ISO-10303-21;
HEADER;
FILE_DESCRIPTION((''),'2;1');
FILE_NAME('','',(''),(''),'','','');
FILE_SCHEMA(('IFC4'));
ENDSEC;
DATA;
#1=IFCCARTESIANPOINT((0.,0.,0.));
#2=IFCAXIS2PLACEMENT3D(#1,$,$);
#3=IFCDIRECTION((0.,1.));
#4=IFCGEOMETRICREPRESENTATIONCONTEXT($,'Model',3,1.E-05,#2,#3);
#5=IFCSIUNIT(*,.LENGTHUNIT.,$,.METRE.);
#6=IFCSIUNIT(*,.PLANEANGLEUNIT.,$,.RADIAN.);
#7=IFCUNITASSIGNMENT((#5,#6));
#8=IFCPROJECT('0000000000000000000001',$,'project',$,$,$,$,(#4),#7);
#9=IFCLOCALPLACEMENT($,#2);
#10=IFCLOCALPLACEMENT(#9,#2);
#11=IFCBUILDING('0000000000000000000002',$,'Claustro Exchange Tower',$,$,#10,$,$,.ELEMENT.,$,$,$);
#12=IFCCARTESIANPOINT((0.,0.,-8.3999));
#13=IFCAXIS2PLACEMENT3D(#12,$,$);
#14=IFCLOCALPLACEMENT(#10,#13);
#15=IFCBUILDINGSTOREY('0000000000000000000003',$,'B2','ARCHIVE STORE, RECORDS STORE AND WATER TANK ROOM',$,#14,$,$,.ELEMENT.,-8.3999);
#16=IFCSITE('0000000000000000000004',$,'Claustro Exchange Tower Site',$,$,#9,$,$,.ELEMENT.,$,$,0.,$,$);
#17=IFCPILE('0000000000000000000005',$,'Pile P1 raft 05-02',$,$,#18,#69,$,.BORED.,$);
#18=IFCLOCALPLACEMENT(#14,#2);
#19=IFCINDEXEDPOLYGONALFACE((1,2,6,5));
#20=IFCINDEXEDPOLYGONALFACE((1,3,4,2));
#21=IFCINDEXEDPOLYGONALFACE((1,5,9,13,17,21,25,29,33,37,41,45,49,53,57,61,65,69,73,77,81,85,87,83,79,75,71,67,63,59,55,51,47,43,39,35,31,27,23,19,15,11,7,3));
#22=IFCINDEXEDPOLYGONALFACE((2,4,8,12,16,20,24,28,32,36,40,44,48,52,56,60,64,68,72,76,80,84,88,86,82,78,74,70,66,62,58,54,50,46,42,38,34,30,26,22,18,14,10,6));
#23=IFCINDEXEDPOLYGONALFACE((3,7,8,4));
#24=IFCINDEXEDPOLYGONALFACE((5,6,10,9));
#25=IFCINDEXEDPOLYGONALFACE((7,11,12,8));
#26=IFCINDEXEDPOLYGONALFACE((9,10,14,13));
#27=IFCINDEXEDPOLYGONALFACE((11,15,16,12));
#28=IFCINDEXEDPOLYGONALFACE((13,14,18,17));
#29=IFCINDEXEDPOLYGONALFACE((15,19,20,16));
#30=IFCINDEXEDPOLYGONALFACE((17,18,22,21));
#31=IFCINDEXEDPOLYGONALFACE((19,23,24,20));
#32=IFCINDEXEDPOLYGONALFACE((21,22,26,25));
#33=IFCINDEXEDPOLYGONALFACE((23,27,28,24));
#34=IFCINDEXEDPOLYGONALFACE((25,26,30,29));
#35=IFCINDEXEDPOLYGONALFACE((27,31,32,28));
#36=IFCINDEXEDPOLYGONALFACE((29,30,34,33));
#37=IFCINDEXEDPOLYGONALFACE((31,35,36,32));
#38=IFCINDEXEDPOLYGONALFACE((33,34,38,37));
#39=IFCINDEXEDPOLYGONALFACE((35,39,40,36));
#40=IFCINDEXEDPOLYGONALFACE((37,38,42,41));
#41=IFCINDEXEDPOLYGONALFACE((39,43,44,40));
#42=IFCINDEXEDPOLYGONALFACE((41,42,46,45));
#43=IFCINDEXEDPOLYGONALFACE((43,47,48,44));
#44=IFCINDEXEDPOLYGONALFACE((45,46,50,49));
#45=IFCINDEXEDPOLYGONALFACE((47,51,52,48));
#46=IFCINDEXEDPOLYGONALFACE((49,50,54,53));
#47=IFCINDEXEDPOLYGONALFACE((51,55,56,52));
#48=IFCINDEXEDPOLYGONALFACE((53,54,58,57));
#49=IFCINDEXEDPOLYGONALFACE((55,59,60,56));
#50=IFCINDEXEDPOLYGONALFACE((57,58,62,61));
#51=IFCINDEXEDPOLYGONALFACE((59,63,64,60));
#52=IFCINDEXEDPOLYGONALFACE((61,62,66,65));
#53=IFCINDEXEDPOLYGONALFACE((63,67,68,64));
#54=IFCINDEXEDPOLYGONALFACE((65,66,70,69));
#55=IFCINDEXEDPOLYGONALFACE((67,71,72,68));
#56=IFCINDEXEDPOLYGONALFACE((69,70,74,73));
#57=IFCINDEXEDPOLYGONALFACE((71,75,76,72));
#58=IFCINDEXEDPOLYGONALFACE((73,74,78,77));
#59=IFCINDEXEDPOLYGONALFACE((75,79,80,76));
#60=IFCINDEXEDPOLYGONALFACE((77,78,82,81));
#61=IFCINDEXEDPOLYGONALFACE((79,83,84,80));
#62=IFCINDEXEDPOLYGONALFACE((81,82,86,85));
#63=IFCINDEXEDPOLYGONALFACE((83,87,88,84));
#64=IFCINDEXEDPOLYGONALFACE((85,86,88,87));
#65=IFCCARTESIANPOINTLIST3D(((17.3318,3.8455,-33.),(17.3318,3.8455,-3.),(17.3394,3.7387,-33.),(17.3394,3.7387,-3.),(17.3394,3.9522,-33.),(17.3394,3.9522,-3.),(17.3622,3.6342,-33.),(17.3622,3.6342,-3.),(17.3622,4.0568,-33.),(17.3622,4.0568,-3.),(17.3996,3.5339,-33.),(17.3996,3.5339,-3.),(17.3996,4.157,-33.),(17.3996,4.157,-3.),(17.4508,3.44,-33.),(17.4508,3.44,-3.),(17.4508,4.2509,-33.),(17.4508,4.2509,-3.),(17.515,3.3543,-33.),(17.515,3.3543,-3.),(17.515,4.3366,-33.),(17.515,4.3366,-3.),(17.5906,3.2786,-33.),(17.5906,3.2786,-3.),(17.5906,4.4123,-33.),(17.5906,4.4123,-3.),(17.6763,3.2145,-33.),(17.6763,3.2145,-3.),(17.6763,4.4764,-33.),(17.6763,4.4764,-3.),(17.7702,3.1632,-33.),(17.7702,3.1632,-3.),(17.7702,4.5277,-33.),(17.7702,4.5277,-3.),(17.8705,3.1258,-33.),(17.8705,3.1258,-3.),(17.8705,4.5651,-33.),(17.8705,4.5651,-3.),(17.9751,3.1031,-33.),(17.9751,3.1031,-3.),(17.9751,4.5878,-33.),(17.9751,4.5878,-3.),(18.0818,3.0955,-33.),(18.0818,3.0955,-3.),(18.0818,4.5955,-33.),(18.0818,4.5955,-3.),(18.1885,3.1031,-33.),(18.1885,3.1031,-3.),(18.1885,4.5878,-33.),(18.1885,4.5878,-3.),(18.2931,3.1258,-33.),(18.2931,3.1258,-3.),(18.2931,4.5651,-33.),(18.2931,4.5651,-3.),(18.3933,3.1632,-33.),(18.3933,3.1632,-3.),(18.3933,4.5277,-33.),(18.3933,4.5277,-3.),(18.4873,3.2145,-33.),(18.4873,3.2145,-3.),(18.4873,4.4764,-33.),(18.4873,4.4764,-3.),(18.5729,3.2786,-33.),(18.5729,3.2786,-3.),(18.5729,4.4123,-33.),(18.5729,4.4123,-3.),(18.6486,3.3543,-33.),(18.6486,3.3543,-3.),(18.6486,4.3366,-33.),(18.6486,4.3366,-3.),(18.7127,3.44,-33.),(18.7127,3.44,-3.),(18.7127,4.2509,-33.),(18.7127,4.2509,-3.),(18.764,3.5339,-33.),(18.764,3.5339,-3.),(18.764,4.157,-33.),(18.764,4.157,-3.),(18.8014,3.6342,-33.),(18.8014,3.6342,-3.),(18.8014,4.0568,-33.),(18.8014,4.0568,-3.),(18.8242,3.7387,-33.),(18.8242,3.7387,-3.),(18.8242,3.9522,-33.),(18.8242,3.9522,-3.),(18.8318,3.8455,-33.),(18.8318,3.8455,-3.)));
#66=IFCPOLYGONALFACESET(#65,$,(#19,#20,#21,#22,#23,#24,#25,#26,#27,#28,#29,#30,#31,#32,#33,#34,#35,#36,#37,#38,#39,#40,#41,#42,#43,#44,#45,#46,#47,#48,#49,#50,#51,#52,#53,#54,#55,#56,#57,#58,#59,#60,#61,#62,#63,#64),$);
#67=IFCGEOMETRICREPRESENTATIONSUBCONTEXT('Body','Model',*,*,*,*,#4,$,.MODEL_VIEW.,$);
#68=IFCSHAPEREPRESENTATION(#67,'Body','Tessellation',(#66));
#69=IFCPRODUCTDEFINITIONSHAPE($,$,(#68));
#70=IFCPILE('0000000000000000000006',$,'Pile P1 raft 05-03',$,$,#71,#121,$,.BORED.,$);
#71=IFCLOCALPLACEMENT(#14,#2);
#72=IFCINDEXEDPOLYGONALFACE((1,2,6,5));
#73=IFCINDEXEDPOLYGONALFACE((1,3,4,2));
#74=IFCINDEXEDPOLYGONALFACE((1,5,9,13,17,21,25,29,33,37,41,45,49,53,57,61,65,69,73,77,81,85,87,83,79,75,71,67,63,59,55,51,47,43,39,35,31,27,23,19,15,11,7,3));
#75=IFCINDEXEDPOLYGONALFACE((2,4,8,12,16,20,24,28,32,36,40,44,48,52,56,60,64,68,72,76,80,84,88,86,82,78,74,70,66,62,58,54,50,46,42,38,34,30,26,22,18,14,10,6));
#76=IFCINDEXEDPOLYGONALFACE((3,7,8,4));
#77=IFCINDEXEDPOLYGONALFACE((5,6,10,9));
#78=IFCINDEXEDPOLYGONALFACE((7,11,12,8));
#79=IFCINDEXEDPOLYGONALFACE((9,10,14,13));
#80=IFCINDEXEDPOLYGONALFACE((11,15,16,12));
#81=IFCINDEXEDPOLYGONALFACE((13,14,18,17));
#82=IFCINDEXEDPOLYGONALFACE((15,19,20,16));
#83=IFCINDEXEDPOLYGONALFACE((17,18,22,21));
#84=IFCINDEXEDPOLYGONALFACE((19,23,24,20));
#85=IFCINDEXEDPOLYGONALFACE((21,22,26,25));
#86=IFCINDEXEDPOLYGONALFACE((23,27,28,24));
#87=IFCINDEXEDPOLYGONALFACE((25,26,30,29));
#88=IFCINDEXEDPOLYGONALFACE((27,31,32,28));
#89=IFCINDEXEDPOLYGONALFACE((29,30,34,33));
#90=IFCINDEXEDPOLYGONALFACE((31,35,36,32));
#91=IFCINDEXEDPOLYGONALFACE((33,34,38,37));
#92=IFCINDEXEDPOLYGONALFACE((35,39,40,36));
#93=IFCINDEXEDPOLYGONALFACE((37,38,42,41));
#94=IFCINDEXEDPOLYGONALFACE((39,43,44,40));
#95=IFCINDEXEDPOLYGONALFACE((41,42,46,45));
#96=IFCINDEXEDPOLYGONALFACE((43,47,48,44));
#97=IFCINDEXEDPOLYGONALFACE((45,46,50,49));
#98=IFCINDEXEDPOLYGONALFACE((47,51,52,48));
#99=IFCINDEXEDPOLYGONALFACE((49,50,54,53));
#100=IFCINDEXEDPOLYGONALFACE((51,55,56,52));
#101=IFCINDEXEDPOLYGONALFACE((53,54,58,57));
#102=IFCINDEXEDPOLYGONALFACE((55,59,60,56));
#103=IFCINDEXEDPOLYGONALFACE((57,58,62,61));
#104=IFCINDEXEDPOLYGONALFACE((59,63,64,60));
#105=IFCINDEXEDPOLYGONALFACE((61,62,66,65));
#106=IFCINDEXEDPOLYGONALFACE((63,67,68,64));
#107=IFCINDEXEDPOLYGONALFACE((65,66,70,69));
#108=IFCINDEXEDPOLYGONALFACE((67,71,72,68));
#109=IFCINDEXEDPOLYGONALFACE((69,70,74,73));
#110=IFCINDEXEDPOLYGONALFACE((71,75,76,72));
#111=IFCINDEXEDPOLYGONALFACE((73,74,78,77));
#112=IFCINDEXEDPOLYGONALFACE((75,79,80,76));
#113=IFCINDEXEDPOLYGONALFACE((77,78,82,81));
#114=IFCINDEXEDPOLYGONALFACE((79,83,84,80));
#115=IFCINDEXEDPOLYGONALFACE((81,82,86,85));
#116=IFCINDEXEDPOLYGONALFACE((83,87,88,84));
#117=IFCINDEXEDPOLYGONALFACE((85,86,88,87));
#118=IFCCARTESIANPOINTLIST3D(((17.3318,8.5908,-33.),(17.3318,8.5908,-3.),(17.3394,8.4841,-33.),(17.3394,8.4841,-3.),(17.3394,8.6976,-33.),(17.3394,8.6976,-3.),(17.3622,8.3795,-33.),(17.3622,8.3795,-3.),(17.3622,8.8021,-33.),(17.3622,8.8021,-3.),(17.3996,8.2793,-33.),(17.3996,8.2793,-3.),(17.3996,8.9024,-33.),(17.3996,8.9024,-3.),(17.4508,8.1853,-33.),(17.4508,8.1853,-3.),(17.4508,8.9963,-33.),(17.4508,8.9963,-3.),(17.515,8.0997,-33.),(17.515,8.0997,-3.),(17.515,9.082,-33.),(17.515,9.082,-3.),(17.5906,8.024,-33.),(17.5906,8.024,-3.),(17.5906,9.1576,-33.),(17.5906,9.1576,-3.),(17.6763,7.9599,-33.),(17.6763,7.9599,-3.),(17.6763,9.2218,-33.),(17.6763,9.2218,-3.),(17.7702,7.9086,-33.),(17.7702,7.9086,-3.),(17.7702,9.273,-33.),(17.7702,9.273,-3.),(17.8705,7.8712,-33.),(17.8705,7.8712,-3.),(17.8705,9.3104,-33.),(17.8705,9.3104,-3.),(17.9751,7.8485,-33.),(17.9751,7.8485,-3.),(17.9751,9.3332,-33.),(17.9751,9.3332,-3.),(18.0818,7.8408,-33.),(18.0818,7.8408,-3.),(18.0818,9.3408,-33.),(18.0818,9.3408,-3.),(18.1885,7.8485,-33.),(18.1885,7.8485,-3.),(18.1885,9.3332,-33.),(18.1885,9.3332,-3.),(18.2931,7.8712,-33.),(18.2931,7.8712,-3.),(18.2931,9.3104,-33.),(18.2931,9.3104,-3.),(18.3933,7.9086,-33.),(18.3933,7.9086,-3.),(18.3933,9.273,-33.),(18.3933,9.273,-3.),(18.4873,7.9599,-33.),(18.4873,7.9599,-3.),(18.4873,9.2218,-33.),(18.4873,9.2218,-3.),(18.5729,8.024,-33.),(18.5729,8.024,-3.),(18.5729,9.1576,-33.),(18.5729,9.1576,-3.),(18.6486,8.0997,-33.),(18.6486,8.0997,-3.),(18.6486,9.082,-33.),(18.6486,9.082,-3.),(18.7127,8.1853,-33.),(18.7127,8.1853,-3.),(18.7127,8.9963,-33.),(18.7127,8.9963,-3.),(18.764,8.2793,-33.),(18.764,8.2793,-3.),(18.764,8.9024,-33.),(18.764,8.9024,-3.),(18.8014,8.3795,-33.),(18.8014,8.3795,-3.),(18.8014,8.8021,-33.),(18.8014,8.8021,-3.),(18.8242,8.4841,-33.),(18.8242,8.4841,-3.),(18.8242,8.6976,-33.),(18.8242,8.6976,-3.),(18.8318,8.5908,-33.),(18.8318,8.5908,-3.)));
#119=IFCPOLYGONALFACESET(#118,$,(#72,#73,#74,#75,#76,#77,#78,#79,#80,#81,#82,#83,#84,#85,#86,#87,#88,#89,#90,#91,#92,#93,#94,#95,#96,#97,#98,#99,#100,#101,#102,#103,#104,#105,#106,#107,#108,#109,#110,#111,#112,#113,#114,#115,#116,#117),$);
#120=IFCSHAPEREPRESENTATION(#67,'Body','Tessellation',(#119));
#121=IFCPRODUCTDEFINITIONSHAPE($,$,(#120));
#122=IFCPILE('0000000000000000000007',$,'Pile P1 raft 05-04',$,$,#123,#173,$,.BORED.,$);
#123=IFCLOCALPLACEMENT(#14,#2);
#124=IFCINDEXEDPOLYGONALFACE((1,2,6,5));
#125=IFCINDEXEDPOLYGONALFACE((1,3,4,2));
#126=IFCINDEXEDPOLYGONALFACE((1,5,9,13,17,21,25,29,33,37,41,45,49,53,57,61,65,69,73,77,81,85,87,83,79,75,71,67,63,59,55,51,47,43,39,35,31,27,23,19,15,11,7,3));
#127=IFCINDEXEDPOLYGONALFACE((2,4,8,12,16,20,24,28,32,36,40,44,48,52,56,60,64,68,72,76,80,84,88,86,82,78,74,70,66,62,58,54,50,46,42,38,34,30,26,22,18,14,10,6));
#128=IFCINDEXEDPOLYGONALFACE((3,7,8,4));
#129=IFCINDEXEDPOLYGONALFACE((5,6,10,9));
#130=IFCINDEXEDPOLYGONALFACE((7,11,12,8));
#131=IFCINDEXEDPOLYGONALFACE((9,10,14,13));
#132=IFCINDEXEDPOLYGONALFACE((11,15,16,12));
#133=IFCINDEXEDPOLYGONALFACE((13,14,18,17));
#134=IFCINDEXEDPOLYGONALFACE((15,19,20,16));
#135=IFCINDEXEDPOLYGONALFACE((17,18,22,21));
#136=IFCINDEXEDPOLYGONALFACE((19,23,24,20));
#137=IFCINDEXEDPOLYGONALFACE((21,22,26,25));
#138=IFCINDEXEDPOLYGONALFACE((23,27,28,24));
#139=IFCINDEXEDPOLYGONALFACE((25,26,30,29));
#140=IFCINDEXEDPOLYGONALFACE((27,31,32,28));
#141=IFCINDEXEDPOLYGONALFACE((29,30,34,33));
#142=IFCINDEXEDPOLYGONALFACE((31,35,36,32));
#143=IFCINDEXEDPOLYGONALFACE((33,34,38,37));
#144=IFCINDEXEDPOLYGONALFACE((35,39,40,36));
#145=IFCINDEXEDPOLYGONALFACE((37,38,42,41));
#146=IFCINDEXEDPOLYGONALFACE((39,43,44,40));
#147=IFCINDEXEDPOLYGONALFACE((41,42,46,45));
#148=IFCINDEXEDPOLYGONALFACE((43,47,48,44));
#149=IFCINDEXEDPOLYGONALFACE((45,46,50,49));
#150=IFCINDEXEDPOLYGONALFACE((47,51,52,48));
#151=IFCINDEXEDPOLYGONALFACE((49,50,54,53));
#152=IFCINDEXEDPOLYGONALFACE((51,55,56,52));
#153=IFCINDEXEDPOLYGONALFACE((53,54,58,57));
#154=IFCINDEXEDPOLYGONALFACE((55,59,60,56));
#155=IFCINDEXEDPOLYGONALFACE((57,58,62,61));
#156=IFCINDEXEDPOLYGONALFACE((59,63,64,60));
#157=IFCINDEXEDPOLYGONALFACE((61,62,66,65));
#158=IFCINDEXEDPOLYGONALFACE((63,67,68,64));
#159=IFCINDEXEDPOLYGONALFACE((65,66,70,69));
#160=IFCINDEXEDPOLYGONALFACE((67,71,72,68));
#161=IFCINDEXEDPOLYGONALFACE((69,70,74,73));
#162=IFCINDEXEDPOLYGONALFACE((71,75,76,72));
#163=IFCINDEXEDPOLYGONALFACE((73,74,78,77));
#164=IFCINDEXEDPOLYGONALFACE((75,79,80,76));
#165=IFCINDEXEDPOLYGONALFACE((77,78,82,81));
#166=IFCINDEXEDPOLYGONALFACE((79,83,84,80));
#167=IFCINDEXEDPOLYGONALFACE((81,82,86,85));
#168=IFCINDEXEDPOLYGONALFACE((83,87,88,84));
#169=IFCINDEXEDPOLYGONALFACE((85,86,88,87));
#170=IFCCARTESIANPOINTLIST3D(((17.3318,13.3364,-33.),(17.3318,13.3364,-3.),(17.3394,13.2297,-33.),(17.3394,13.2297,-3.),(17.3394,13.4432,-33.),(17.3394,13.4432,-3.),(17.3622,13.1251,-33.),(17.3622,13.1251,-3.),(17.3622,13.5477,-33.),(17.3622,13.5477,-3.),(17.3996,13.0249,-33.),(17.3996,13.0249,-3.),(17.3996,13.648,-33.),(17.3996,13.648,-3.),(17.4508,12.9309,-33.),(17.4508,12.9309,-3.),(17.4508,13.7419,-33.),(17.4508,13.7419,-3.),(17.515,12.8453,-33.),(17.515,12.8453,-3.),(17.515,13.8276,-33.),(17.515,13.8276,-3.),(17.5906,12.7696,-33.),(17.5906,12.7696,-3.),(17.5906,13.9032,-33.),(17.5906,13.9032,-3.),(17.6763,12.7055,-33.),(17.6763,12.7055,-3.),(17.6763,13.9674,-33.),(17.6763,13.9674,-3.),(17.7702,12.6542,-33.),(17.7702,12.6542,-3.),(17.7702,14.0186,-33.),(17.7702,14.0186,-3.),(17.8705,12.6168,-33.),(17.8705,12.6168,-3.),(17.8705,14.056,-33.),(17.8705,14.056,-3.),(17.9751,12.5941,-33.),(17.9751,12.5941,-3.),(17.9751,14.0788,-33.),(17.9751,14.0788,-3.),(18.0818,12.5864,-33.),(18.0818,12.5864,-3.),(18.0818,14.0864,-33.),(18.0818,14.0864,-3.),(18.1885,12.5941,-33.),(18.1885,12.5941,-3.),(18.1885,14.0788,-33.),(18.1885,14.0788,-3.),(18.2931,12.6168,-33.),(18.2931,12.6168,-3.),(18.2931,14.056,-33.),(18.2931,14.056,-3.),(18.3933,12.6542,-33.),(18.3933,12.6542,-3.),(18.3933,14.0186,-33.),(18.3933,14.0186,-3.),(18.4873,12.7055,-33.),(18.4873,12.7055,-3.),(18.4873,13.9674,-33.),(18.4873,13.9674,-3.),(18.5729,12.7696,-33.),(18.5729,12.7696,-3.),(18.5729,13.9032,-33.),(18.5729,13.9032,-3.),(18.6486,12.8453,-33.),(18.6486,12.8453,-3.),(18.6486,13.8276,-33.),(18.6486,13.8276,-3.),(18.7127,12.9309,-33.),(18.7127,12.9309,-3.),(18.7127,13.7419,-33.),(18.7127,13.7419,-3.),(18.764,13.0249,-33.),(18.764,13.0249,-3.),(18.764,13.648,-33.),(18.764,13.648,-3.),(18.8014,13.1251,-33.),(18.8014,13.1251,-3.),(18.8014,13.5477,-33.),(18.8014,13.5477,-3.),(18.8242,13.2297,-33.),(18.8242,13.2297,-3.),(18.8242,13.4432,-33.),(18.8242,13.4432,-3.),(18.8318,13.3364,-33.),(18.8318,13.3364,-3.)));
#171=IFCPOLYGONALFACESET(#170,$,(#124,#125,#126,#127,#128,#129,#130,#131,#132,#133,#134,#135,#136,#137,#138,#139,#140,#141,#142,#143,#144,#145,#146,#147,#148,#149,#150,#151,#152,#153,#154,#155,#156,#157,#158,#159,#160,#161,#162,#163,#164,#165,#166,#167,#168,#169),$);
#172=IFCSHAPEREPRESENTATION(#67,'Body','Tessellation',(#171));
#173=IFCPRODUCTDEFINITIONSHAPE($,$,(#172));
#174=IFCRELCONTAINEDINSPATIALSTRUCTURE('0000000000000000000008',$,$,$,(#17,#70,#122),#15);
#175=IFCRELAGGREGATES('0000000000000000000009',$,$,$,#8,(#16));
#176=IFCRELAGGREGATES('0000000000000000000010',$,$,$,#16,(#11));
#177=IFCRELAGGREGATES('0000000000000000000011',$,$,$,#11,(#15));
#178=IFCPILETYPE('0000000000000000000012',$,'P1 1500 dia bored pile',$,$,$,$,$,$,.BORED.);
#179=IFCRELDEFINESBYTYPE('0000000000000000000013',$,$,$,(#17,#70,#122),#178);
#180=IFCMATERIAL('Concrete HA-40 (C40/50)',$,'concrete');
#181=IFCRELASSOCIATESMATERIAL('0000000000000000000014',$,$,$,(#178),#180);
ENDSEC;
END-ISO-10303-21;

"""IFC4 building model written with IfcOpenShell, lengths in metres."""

from ifc_helpers import new_model, si_unit, direction, frame, origin, origin_2d, place, context, subcontext, project, spatial, circle, extrude, material, type_object, element, save


model = new_model("IFC4")

# Units and contexts
model_context = context("Model", 3, precision=1e-05, world=origin(), true_north=direction((0.0, 1.0)))
body_context = subcontext(model_context, "Body", "Model", "MODEL_VIEW")
ifc_project = project(units=[si_unit("LENGTHUNIT", "METRE"), si_unit("PLANEANGLEUNIT", "RADIAN")], contexts=[model_context])

# Site, building, storey
site_placement = place(None, origin())
site = spatial("IfcSite", under=ifc_project, at=site_placement, Name="Claustro Exchange Tower Site", CompositionType="ELEMENT", RefElevation=0.0)
building_placement = place(site_placement, origin())
building = spatial("IfcBuilding", under=site, at=building_placement, Name="Claustro Exchange Tower", CompositionType="ELEMENT")
storey_placement = place(building_placement, frame((0.0, 0.0, -8.3999)))
storey = spatial("IfcBuildingStorey", under=building, at=storey_placement, Name="B2", Description="ARCHIVE STORE, RECORDS STORE AND WATER TANK ROOM", CompositionType="ELEMENT", Elevation=-8.3999)

# Piles
ifc_material_1 = material(Name="Concrete HA-40 (C40/50)", Category="concrete")
pile_type_1 = type_object("IfcPileType", Name="P1 1500 dia bored pile", PredefinedType="BORED", material=ifc_material_1)
for number, where, z_axis, x_axis, name in (
    (1, (18.0818, 3.8455, -3.0), (0.0, 0.0, -1.0), (1.0, 0.0, 0.0), "Pile P1 raft 05-02"),
    (2, (18.0818, 8.5908, -3.0), (0.0, 0.0, -1.0), (1.0, 0.0, 0.0), "Pile P1 raft 05-03"),
    (3, (18.0818, 13.3364, -3.0), (0.0, 0.0, -1.0), (1.0, 0.0, 0.0), "Pile P1 raft 05-04"),
):
    element("IfcPile", number, at=place(storey_placement, frame(where, z_axis=z_axis, x_axis=x_axis)), inside=storey, type_object=pile_type_1, Name=name, PredefinedType="BORED", context=body_context, shape_type="SweptSolid", body=[
        extrude(circle(Radius=0.75, at=origin_2d()), origin(), (0.0, 0.0, 1.0), 30.0),
    ])

save(model, "model.ifc")
